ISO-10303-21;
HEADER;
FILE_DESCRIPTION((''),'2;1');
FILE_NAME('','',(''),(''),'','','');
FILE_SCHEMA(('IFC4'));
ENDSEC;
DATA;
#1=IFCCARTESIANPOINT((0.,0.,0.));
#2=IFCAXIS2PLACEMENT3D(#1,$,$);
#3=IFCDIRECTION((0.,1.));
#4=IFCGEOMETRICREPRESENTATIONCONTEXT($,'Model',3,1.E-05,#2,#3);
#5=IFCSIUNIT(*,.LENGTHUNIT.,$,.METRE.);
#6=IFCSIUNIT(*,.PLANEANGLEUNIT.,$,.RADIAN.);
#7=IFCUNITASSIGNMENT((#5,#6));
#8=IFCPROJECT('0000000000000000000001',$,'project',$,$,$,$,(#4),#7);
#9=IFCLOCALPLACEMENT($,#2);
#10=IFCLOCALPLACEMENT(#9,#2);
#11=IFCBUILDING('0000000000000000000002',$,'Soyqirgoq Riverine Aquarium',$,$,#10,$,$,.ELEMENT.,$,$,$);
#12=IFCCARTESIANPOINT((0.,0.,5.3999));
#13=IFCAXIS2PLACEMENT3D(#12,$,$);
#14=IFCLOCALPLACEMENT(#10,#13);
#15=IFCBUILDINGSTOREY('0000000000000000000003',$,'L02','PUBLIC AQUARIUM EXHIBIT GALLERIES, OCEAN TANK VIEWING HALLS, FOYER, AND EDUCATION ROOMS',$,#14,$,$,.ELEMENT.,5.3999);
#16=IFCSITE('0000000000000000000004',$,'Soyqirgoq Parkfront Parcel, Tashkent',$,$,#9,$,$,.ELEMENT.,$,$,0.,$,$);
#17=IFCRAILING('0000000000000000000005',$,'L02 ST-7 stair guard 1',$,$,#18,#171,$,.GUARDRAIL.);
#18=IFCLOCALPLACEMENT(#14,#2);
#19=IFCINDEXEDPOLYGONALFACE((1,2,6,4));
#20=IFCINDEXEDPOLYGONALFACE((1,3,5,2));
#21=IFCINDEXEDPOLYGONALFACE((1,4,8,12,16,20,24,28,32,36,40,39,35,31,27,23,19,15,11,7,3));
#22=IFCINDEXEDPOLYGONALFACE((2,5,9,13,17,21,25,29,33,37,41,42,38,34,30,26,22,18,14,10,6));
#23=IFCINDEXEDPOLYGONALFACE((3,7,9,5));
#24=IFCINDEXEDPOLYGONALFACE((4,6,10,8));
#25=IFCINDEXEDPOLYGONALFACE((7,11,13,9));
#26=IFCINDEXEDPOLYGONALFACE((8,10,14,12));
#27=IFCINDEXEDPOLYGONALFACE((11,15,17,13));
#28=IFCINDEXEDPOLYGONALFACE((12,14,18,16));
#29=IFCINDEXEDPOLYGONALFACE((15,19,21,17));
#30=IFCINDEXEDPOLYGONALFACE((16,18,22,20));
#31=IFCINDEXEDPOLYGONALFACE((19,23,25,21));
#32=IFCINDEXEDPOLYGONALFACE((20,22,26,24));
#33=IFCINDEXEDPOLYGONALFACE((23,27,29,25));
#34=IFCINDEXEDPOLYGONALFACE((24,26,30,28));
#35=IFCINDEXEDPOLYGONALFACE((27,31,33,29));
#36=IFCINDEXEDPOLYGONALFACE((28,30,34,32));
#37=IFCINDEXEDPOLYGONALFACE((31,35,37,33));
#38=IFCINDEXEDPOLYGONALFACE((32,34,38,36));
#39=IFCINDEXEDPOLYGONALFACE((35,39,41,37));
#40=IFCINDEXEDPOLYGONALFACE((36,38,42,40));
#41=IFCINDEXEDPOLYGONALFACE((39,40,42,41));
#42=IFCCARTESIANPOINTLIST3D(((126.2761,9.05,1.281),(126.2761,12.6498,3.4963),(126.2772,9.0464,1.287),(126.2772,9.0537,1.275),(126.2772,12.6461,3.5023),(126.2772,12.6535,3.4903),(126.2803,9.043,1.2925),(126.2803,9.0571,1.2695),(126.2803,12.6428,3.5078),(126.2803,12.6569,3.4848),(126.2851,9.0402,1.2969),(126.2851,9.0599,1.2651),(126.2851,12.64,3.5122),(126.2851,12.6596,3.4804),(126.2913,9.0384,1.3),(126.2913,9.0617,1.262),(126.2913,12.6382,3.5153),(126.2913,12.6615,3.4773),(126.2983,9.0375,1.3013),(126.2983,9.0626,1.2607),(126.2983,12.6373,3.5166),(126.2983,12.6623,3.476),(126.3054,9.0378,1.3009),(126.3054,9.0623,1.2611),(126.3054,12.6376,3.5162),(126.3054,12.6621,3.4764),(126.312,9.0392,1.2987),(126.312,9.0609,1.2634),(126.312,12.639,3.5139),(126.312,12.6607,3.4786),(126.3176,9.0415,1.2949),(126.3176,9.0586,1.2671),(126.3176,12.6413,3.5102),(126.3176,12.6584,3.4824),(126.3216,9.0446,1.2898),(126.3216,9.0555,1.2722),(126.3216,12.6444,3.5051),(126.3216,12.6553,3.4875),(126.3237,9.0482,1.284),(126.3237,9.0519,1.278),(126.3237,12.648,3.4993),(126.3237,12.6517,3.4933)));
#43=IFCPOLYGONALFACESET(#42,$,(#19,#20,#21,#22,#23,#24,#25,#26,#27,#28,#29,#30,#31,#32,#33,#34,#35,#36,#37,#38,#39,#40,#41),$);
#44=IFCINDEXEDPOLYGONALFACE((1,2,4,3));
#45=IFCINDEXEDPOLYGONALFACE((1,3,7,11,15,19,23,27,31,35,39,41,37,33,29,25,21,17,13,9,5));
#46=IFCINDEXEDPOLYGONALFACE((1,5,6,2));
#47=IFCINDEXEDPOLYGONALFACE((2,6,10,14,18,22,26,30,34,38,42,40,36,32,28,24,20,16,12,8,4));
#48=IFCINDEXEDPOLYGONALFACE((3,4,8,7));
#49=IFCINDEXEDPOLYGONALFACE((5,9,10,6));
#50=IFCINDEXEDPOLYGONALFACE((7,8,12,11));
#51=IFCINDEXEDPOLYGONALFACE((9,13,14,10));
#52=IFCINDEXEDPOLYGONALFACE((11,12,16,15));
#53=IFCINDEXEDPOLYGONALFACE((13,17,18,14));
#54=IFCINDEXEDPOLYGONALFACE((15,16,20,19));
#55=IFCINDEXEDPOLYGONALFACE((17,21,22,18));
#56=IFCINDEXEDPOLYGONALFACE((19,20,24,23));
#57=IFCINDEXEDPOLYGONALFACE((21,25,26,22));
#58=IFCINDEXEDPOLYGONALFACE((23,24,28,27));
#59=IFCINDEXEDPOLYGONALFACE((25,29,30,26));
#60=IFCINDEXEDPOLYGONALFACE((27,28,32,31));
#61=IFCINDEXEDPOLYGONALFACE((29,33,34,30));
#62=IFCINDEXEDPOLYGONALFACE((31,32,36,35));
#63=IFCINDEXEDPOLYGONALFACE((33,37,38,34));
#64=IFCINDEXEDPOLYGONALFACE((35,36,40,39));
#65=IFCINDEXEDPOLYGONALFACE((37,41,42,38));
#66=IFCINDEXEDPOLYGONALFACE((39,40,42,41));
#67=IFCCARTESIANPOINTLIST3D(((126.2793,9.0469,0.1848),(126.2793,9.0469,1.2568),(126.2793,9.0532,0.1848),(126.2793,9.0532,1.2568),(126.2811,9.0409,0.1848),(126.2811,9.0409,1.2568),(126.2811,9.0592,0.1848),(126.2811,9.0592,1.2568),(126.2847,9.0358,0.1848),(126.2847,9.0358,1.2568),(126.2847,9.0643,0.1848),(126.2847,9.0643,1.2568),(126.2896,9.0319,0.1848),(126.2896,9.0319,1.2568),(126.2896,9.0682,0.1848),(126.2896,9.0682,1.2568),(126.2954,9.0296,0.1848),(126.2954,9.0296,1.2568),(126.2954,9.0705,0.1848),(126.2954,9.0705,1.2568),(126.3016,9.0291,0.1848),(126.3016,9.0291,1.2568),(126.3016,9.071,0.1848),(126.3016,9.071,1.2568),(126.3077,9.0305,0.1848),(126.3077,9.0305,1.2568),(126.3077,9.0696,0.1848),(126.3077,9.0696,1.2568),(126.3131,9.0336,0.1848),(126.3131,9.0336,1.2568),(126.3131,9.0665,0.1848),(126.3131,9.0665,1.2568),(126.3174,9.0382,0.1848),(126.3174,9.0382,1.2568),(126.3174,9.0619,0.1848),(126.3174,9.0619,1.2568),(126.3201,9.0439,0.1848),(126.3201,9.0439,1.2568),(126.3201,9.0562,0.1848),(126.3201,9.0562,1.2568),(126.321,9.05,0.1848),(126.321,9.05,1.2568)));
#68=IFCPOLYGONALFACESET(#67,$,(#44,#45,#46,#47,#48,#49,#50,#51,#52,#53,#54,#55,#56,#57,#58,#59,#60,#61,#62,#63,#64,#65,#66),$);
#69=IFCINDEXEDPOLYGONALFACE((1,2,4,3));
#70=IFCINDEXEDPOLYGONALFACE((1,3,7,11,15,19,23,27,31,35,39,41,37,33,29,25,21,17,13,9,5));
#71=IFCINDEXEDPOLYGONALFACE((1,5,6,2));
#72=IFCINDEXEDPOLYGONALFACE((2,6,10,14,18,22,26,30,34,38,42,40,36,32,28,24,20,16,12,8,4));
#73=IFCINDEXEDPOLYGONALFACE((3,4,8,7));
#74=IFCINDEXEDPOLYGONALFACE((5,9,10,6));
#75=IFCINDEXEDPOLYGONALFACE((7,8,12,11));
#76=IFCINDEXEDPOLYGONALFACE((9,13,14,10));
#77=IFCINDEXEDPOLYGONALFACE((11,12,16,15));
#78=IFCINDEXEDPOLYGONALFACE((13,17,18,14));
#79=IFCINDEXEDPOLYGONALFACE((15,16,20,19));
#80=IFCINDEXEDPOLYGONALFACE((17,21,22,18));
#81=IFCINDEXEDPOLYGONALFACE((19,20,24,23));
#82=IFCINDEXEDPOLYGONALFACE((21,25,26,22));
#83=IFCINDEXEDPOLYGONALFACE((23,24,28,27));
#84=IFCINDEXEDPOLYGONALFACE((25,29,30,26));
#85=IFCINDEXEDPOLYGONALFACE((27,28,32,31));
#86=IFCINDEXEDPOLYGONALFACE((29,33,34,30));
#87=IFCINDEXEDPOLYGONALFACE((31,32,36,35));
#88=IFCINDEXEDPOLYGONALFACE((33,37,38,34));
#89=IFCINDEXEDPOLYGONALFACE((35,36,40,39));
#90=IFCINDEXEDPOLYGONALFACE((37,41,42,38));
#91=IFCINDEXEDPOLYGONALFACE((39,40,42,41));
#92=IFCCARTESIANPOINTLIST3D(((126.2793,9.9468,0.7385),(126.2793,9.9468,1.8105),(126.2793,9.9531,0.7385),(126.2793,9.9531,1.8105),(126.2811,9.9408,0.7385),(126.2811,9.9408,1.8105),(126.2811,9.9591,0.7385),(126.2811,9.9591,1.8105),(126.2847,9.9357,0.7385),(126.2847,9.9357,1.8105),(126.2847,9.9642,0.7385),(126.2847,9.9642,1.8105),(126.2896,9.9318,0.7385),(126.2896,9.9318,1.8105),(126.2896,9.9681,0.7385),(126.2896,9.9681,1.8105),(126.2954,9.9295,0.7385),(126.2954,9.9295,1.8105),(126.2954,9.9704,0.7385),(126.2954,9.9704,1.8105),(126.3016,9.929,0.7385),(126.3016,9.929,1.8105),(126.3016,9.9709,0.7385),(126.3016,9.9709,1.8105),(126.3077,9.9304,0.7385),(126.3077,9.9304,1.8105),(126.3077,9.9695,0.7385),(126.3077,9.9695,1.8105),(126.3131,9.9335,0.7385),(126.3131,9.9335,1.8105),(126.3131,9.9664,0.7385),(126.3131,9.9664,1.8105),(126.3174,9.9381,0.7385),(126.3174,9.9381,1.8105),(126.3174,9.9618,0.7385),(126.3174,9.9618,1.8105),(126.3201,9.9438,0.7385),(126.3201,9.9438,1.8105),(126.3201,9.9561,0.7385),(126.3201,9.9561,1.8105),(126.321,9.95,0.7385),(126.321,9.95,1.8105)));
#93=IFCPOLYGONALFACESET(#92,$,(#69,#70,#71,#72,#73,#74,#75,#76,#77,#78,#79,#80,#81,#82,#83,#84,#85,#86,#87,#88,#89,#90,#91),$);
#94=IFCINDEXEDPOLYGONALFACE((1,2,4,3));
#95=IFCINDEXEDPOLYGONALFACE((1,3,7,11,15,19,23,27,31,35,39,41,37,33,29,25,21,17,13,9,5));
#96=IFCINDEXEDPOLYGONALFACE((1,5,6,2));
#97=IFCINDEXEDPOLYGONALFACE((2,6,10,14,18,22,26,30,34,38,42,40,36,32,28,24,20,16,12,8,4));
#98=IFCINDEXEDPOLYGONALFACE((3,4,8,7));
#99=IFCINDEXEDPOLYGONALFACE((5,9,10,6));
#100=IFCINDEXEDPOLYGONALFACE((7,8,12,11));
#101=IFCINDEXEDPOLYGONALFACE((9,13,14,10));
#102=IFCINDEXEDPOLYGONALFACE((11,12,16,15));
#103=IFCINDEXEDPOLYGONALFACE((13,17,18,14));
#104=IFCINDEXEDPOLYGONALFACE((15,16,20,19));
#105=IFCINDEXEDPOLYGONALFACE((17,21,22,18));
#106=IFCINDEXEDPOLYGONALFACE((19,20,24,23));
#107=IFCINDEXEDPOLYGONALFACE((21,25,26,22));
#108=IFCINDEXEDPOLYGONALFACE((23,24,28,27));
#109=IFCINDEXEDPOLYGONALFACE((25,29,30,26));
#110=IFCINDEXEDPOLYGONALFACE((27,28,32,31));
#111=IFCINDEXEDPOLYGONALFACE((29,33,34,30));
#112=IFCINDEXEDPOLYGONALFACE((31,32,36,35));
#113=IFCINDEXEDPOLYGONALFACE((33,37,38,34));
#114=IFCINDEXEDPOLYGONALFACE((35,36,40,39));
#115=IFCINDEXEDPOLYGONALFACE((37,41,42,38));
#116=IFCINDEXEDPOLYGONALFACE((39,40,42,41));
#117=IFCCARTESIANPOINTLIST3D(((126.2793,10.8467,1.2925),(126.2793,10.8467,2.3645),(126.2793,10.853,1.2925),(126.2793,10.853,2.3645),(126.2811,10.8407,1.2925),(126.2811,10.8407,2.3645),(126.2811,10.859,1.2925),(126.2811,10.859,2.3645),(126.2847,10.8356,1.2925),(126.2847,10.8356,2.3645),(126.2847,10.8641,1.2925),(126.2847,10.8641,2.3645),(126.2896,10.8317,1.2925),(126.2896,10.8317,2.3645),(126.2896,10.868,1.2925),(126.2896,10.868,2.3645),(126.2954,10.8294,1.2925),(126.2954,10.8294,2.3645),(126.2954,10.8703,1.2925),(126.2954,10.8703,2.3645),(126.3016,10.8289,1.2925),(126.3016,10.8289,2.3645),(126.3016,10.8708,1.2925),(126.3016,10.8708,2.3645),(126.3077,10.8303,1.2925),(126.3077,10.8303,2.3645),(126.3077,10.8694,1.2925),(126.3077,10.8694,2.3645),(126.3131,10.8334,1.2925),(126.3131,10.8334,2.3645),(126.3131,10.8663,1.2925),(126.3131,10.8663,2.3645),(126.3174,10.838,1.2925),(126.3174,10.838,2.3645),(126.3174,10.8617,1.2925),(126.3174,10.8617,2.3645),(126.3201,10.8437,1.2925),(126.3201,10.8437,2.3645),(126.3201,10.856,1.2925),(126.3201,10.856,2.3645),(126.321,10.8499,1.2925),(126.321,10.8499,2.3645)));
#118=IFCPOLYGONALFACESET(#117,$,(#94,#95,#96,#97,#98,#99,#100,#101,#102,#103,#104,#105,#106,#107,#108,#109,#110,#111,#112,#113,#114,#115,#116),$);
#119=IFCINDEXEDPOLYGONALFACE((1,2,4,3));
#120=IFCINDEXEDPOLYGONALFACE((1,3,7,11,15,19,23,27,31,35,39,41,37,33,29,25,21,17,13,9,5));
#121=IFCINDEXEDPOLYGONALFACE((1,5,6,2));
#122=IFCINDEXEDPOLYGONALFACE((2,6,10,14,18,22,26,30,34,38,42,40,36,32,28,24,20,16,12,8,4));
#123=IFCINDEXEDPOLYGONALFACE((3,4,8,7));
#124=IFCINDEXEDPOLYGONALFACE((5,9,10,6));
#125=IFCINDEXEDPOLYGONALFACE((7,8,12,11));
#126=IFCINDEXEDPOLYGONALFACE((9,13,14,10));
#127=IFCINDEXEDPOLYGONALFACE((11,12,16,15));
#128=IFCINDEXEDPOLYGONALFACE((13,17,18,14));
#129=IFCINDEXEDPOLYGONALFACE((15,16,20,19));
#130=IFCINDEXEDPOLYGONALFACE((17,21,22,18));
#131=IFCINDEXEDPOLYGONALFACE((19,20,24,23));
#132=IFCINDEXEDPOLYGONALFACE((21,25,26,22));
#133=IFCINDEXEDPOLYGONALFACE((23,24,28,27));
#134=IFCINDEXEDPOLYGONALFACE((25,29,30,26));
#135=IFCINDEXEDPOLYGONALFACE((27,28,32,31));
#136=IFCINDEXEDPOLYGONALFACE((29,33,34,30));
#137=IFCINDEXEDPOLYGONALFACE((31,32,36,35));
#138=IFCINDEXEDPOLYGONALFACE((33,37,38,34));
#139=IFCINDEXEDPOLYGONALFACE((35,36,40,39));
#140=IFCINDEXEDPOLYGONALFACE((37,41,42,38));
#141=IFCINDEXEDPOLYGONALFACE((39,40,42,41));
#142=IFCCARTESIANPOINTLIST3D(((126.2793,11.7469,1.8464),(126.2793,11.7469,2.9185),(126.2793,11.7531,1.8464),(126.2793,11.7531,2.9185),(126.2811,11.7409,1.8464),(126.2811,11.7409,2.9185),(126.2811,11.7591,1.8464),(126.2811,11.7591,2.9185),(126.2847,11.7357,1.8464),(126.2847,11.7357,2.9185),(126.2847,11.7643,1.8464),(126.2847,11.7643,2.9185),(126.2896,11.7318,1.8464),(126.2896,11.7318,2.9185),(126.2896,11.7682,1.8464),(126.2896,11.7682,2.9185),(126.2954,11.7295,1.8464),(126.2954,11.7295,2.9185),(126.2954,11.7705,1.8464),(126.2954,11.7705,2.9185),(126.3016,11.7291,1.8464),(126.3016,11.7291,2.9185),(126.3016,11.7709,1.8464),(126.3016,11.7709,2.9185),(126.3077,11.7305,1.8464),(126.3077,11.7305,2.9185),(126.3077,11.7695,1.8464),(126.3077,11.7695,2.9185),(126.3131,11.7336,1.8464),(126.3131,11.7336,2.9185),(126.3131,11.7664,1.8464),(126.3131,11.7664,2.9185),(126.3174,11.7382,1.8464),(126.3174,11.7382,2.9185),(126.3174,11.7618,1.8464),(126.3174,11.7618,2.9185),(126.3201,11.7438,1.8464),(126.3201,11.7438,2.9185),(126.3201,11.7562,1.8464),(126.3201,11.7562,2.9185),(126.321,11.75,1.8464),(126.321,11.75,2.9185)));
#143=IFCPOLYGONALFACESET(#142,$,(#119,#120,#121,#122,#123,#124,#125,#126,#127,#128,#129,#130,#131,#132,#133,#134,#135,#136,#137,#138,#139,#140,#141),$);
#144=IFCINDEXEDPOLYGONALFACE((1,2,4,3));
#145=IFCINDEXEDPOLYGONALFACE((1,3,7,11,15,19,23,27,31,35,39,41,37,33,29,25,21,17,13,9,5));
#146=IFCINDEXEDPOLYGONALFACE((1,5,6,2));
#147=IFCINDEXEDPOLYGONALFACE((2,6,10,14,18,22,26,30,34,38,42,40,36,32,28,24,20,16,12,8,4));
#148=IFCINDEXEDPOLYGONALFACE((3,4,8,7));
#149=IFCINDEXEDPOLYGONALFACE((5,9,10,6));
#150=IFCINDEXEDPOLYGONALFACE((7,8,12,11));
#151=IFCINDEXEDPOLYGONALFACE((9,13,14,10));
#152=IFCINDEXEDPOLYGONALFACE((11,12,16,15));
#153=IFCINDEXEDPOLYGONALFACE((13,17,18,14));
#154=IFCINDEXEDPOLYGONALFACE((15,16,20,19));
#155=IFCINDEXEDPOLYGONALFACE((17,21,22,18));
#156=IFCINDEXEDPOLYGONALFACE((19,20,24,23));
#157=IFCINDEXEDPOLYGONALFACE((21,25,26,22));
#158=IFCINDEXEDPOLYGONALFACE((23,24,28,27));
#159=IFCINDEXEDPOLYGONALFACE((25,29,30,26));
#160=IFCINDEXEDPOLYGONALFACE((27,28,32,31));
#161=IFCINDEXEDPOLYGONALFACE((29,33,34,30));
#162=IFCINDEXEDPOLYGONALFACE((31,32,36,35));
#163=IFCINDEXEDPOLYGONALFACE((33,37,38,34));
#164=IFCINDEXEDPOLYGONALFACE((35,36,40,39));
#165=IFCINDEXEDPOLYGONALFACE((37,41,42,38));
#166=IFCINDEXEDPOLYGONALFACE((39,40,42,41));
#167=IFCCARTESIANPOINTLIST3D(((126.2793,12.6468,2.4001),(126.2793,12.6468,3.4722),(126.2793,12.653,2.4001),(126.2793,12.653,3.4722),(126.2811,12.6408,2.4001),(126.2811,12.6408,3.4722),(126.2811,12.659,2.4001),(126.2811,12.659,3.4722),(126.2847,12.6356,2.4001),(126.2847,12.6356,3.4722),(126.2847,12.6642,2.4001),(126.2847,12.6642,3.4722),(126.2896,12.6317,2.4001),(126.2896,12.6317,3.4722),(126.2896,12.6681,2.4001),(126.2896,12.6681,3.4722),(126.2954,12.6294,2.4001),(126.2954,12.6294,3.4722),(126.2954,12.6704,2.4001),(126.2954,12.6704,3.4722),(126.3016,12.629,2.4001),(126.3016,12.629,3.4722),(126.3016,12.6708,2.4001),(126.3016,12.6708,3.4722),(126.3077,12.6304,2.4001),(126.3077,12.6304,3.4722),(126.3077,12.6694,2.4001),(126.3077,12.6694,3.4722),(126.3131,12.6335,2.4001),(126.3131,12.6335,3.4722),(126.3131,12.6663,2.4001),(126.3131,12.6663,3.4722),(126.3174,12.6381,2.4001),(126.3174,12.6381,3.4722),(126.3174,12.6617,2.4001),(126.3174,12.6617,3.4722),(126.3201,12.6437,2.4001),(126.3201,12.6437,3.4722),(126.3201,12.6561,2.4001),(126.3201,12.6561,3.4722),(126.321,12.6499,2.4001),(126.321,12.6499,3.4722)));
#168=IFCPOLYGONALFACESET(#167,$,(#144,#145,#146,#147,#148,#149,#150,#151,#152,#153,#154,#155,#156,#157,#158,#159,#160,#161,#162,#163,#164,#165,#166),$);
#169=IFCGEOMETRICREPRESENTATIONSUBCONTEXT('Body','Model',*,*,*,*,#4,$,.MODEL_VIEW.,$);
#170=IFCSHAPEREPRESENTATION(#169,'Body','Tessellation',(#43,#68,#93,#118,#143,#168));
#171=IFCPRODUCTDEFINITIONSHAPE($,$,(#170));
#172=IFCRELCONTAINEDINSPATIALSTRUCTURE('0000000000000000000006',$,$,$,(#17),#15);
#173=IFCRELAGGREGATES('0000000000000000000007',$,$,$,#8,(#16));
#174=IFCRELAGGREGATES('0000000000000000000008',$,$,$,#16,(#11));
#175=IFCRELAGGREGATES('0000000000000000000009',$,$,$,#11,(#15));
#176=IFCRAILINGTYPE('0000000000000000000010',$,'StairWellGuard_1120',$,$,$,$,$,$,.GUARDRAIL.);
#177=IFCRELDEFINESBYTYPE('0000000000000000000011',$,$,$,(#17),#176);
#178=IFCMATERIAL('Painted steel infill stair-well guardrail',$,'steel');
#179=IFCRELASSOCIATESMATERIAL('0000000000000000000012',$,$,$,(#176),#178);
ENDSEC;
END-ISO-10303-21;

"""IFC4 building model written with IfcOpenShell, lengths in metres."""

from ifc_helpers import new_model, si_unit, direction, frame, origin, origin_2d, place, context, subcontext, project, spatial, circle, extrude, material, type_object, element, save


model = new_model("IFC4")

# Units and contexts
model_context = context("Model", 3, precision=1e-05, world=origin(), true_north=direction((0.0, 1.0)))
body_context = subcontext(model_context, "Body", "Model", "MODEL_VIEW")
ifc_project = project(units=[si_unit("LENGTHUNIT", "METRE"), si_unit("PLANEANGLEUNIT", "RADIAN")], contexts=[model_context])

# Site, building, storey
site_placement = place(None, origin())
site = spatial("IfcSite", under=ifc_project, at=site_placement, Name="Soyqirgoq Parkfront Parcel, Tashkent", CompositionType="ELEMENT", RefElevation=0.0)
building_placement = place(site_placement, origin())
building = spatial("IfcBuilding", under=site, at=building_placement, Name="Soyqirgoq Riverine Aquarium", CompositionType="ELEMENT")
storey_placement = place(building_placement, frame((0.0, 0.0, 5.3999)))
storey = spatial("IfcBuildingStorey", under=building, at=storey_placement, Name="L02", Description="PUBLIC AQUARIUM EXHIBIT GALLERIES, OCEAN TANK VIEWING HALLS, FOYER, AND EDUCATION ROOMS", CompositionType="ELEMENT", Elevation=5.3999)

# Railing
ifc_material_1 = material(Name="Painted steel infill stair-well guardrail", Category="steel")
railing_type_1 = type_object("IfcRailingType", Name="StairWellGuard_1120", PredefinedType="GUARDRAIL", material=ifc_material_1)
railing_1_placement = place(storey_placement, frame((126.3, 9.05, 0.1848)))
element("IfcRailing", 1, at=railing_1_placement, inside=storey, type_object=railing_type_1, Name="L02 ST-7 stair guard 1", PredefinedType="GUARDRAIL", context=body_context, shape_type="SweptSolid", body=[
    extrude(circle(Radius=0.0239, at=origin_2d()), frame((0.0, 0.0, 1.0962), z_axis=(0.0, 0.851654, 0.524104), x_axis=(-1.0, 0.0, 0.0)), (0.0, 0.0, 1.0), 4.2268),
    extrude(circle(Radius=0.021, at=origin_2d()), origin(), (0.0, 0.0, 1.0), 1.072),
    extrude(circle(Radius=0.021, at=origin_2d()), frame((0.0, 0.8999, 0.5537)), (0.0, 0.0, 1.0), 1.072),
    extrude(circle(Radius=0.021, at=origin_2d()), frame((0.0, 1.7998, 1.1077)), (0.0, 0.0, 1.0), 1.072),
    extrude(circle(Radius=0.021, at=origin_2d()), frame((0.0, 2.7, 1.6616)), (0.0, 0.0, 1.0), 1.072),
    extrude(circle(Radius=0.021, at=origin_2d()), frame((0.0, 3.5999, 2.2153)), (0.0, 0.0, 1.0), 1.072),
])

save(model, "model.ifc")
